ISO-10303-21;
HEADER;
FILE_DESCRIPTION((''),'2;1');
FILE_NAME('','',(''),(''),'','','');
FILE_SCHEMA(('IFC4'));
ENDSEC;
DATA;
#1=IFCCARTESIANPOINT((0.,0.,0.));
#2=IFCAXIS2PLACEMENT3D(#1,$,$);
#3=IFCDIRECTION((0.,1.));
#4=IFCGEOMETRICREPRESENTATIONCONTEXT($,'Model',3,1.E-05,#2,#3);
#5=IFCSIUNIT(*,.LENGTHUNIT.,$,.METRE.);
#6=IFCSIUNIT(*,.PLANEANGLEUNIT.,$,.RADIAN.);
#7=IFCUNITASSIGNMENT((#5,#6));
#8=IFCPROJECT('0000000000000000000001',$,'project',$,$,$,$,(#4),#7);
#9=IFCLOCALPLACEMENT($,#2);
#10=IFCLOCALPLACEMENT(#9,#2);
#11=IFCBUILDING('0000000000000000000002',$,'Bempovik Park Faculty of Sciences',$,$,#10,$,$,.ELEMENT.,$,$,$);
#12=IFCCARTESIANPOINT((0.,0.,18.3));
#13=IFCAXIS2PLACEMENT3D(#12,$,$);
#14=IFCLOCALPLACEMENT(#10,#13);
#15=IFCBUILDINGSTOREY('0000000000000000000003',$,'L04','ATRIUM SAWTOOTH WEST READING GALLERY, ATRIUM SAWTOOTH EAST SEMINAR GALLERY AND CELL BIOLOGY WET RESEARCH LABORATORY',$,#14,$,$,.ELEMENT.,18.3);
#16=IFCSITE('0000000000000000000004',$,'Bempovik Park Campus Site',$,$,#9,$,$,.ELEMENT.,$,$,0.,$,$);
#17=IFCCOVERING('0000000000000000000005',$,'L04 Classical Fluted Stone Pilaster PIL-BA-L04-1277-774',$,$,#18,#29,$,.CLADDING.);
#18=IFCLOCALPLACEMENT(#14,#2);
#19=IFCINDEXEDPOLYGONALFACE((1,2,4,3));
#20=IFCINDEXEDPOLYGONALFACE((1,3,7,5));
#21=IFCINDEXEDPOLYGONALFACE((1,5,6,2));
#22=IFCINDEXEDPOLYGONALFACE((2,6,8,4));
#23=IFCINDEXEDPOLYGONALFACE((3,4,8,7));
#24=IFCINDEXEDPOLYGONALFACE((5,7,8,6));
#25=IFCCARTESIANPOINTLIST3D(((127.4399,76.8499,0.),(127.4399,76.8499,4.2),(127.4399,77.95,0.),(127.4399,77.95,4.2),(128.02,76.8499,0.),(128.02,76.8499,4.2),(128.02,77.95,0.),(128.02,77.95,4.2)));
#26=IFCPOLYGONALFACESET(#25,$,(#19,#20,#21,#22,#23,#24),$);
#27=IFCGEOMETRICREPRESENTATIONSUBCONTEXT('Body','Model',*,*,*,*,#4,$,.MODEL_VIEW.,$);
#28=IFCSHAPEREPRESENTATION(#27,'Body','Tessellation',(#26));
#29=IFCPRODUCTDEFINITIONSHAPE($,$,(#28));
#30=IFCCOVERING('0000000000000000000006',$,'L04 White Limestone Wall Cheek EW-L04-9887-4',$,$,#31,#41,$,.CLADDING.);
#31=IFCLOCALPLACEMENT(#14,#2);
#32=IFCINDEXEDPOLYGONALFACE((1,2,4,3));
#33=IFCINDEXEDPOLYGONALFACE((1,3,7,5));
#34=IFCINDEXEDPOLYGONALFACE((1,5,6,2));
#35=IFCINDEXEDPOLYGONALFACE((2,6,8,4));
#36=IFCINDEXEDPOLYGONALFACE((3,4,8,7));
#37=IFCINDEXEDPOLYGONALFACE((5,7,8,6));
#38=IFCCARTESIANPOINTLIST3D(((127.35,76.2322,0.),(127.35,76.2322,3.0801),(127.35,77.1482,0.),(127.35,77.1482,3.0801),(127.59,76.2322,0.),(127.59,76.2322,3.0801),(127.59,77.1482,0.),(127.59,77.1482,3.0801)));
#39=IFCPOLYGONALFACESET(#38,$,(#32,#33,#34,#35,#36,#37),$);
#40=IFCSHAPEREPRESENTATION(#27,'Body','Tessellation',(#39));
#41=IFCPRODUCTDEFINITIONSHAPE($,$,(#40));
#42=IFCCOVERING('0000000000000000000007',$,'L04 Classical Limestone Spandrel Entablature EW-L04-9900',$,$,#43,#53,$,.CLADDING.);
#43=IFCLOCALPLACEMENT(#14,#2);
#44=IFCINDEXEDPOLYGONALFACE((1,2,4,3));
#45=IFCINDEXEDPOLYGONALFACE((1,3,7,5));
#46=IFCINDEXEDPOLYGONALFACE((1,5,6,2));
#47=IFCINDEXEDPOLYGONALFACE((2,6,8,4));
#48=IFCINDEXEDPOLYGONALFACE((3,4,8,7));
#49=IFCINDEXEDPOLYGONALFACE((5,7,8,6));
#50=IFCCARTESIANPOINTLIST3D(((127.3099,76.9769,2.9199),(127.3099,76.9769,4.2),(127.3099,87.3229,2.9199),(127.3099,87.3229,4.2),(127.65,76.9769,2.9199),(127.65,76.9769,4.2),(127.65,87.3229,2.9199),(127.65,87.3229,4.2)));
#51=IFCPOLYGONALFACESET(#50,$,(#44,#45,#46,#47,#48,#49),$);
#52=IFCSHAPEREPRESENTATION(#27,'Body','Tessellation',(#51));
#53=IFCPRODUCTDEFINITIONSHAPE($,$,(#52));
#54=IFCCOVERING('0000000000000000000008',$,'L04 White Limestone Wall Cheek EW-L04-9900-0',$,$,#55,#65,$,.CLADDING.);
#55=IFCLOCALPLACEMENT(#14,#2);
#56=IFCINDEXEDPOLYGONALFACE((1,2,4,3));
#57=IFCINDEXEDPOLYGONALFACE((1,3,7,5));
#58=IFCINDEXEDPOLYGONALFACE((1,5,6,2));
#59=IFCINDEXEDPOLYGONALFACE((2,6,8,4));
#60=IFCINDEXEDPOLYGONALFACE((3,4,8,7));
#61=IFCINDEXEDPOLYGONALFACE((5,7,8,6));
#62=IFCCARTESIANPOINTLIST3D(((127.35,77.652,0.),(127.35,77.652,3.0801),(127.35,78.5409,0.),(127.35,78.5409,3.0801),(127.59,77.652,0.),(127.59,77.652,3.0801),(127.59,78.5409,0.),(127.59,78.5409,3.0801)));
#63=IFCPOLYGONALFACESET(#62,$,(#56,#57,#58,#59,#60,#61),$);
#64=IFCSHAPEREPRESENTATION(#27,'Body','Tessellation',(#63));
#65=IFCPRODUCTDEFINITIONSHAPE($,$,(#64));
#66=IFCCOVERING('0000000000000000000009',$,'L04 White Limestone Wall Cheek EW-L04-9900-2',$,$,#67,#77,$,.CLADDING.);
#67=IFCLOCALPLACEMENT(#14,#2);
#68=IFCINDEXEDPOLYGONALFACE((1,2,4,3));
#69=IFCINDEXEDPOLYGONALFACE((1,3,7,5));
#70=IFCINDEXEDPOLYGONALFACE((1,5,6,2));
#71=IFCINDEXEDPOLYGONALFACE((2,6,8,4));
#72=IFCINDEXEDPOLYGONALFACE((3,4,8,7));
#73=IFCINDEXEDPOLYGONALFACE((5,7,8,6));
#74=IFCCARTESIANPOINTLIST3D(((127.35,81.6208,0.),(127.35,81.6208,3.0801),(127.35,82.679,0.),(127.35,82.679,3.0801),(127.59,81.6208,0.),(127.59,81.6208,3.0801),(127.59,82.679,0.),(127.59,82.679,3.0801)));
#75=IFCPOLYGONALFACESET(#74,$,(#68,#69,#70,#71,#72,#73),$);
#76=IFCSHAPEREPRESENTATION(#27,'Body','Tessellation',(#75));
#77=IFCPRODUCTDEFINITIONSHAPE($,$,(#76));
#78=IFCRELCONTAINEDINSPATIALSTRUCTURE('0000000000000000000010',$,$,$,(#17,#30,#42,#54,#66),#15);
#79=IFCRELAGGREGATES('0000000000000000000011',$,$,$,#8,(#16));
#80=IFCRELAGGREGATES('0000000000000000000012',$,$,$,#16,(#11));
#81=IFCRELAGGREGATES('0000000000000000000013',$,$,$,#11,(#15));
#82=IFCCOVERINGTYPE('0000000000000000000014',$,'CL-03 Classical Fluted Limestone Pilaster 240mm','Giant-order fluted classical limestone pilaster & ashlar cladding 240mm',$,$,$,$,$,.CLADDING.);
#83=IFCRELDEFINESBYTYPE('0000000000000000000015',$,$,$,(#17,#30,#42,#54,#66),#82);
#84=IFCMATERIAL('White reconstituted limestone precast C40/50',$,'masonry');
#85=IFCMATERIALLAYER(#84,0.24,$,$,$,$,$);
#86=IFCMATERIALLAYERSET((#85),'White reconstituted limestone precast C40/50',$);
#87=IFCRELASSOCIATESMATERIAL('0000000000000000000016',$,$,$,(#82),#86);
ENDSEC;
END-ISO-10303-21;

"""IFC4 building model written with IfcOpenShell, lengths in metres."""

from ifc_helpers import new_model, si_unit, direction, frame, origin, origin_2d, place, context, subcontext, project, spatial, rectangle, extrude, material, layer, layer_set, type_object, element, save


model = new_model("IFC4")

# Units and contexts
model_context = context("Model", 3, precision=1e-05, world=origin(), true_north=direction((0.0, 1.0)))
body_context = subcontext(model_context, "Body", "Model", "MODEL_VIEW")
ifc_project = project(units=[si_unit("LENGTHUNIT", "METRE"), si_unit("PLANEANGLEUNIT", "RADIAN")], contexts=[model_context])

# Site, building, storey
site_placement = place(None, origin())
site = spatial("IfcSite", under=ifc_project, at=site_placement, Name="Bempovik Park Campus Site", CompositionType="ELEMENT", RefElevation=0.0)
building_placement = place(site_placement, origin())
building = spatial("IfcBuilding", under=site, at=building_placement, Name="Bempovik Park Faculty of Sciences", CompositionType="ELEMENT")
storey_placement = place(building_placement, frame((0.0, 0.0, 18.3)))
storey = spatial("IfcBuildingStorey", under=building, at=storey_placement, Name="L04", Description="ATRIUM SAWTOOTH WEST READING GALLERY, ATRIUM SAWTOOTH EAST SEMINAR GALLERY AND CELL BIOLOGY WET RESEARCH LABORATORY", CompositionType="ELEMENT", Elevation=18.3)

# Coverings
ifc_material_1 = material(Name="White reconstituted limestone precast C40/50", Category="masonry")
ifc_layer_1 = layer(ifc_material_1, 0.24)
ifc_layer_set_1 = layer_set([ifc_layer_1], Name="White reconstituted limestone precast C40/50")
covering_type = type_object("IfcCoveringType", Name="CL-03 Classical Fluted Limestone Pilaster 240mm", Description="Giant-order fluted classical limestone pilaster & ashlar cladding 240mm", PredefinedType="CLADDING", material=ifc_layer_set_1)
covering_1_placement = place(storey_placement, frame((127.73, 77.3999, 0.0), z_axis=(0.0, 0.0, 1.0), x_axis=(1.0, 0.0, 0.0)))
element("IfcCovering", 1, at=covering_1_placement, inside=storey, type_object=covering_type, Name="L04 Classical Fluted Stone Pilaster PIL-BA-L04-1277-774", PredefinedType="CLADDING", context=body_context, shape_type="SweptSolid", body=[
    extrude(rectangle(XDim=0.5801, YDim=1.1001, at=origin_2d()), origin(), (0.0, 0.0, 1.0), 4.2),
])
covering_2_placement = place(storey_placement, frame((127.47, 76.6902, 0.0), z_axis=(0.0, 0.0, 1.0), x_axis=(1.0, 0.0, 0.0)))
element("IfcCovering", 2, at=covering_2_placement, inside=storey, type_object=covering_type, Name="L04 White Limestone Wall Cheek EW-L04-9887-4", PredefinedType="CLADDING", context=body_context, shape_type="SweptSolid", body=[
    extrude(rectangle(XDim=0.24, YDim=0.916, at=origin_2d()), origin(), (0.0, 0.0, 1.0), 3.0801),
])
covering_3_placement = place(storey_placement, frame((127.48, 82.1499, 2.9199), z_axis=(0.0, 0.0, 1.0), x_axis=(1.0, 0.0, 0.0)))
element("IfcCovering", 3, at=covering_3_placement, inside=storey, type_object=covering_type, Name="L04 Classical Limestone Spandrel Entablature EW-L04-9900", PredefinedType="CLADDING", context=body_context, shape_type="SweptSolid", body=[
    extrude(rectangle(XDim=0.3401, YDim=10.3459, at=origin_2d()), origin(), (0.0, 0.0, 1.0), 1.28),
])
covering_4_placement = place(storey_placement, frame((127.47, 78.0964, 0.0), z_axis=(0.0, 0.0, 1.0), x_axis=(1.0, 0.0, 0.0)))
element("IfcCovering", 4, at=covering_4_placement, inside=storey, type_object=covering_type, Name="L04 White Limestone Wall Cheek EW-L04-9900-0", PredefinedType="CLADDING", context=body_context, shape_type="SweptSolid", body=[
    extrude(rectangle(XDim=0.24, YDim=0.8889, at=origin_2d()), origin(), (0.0, 0.0, 1.0), 3.0801),
])
covering_5_placement = place(storey_placement, frame((127.47, 82.1499, 0.0), z_axis=(0.0, 0.0, 1.0), x_axis=(1.0, 0.0, 0.0)))
element("IfcCovering", 5, at=covering_5_placement, inside=storey, type_object=covering_type, Name="L04 White Limestone Wall Cheek EW-L04-9900-2", PredefinedType="CLADDING", context=body_context, shape_type="SweptSolid", body=[
    extrude(rectangle(XDim=0.24, YDim=1.0581, at=origin_2d()), origin(), (0.0, 0.0, 1.0), 3.0801),
])

save(model, "model.ifc")
